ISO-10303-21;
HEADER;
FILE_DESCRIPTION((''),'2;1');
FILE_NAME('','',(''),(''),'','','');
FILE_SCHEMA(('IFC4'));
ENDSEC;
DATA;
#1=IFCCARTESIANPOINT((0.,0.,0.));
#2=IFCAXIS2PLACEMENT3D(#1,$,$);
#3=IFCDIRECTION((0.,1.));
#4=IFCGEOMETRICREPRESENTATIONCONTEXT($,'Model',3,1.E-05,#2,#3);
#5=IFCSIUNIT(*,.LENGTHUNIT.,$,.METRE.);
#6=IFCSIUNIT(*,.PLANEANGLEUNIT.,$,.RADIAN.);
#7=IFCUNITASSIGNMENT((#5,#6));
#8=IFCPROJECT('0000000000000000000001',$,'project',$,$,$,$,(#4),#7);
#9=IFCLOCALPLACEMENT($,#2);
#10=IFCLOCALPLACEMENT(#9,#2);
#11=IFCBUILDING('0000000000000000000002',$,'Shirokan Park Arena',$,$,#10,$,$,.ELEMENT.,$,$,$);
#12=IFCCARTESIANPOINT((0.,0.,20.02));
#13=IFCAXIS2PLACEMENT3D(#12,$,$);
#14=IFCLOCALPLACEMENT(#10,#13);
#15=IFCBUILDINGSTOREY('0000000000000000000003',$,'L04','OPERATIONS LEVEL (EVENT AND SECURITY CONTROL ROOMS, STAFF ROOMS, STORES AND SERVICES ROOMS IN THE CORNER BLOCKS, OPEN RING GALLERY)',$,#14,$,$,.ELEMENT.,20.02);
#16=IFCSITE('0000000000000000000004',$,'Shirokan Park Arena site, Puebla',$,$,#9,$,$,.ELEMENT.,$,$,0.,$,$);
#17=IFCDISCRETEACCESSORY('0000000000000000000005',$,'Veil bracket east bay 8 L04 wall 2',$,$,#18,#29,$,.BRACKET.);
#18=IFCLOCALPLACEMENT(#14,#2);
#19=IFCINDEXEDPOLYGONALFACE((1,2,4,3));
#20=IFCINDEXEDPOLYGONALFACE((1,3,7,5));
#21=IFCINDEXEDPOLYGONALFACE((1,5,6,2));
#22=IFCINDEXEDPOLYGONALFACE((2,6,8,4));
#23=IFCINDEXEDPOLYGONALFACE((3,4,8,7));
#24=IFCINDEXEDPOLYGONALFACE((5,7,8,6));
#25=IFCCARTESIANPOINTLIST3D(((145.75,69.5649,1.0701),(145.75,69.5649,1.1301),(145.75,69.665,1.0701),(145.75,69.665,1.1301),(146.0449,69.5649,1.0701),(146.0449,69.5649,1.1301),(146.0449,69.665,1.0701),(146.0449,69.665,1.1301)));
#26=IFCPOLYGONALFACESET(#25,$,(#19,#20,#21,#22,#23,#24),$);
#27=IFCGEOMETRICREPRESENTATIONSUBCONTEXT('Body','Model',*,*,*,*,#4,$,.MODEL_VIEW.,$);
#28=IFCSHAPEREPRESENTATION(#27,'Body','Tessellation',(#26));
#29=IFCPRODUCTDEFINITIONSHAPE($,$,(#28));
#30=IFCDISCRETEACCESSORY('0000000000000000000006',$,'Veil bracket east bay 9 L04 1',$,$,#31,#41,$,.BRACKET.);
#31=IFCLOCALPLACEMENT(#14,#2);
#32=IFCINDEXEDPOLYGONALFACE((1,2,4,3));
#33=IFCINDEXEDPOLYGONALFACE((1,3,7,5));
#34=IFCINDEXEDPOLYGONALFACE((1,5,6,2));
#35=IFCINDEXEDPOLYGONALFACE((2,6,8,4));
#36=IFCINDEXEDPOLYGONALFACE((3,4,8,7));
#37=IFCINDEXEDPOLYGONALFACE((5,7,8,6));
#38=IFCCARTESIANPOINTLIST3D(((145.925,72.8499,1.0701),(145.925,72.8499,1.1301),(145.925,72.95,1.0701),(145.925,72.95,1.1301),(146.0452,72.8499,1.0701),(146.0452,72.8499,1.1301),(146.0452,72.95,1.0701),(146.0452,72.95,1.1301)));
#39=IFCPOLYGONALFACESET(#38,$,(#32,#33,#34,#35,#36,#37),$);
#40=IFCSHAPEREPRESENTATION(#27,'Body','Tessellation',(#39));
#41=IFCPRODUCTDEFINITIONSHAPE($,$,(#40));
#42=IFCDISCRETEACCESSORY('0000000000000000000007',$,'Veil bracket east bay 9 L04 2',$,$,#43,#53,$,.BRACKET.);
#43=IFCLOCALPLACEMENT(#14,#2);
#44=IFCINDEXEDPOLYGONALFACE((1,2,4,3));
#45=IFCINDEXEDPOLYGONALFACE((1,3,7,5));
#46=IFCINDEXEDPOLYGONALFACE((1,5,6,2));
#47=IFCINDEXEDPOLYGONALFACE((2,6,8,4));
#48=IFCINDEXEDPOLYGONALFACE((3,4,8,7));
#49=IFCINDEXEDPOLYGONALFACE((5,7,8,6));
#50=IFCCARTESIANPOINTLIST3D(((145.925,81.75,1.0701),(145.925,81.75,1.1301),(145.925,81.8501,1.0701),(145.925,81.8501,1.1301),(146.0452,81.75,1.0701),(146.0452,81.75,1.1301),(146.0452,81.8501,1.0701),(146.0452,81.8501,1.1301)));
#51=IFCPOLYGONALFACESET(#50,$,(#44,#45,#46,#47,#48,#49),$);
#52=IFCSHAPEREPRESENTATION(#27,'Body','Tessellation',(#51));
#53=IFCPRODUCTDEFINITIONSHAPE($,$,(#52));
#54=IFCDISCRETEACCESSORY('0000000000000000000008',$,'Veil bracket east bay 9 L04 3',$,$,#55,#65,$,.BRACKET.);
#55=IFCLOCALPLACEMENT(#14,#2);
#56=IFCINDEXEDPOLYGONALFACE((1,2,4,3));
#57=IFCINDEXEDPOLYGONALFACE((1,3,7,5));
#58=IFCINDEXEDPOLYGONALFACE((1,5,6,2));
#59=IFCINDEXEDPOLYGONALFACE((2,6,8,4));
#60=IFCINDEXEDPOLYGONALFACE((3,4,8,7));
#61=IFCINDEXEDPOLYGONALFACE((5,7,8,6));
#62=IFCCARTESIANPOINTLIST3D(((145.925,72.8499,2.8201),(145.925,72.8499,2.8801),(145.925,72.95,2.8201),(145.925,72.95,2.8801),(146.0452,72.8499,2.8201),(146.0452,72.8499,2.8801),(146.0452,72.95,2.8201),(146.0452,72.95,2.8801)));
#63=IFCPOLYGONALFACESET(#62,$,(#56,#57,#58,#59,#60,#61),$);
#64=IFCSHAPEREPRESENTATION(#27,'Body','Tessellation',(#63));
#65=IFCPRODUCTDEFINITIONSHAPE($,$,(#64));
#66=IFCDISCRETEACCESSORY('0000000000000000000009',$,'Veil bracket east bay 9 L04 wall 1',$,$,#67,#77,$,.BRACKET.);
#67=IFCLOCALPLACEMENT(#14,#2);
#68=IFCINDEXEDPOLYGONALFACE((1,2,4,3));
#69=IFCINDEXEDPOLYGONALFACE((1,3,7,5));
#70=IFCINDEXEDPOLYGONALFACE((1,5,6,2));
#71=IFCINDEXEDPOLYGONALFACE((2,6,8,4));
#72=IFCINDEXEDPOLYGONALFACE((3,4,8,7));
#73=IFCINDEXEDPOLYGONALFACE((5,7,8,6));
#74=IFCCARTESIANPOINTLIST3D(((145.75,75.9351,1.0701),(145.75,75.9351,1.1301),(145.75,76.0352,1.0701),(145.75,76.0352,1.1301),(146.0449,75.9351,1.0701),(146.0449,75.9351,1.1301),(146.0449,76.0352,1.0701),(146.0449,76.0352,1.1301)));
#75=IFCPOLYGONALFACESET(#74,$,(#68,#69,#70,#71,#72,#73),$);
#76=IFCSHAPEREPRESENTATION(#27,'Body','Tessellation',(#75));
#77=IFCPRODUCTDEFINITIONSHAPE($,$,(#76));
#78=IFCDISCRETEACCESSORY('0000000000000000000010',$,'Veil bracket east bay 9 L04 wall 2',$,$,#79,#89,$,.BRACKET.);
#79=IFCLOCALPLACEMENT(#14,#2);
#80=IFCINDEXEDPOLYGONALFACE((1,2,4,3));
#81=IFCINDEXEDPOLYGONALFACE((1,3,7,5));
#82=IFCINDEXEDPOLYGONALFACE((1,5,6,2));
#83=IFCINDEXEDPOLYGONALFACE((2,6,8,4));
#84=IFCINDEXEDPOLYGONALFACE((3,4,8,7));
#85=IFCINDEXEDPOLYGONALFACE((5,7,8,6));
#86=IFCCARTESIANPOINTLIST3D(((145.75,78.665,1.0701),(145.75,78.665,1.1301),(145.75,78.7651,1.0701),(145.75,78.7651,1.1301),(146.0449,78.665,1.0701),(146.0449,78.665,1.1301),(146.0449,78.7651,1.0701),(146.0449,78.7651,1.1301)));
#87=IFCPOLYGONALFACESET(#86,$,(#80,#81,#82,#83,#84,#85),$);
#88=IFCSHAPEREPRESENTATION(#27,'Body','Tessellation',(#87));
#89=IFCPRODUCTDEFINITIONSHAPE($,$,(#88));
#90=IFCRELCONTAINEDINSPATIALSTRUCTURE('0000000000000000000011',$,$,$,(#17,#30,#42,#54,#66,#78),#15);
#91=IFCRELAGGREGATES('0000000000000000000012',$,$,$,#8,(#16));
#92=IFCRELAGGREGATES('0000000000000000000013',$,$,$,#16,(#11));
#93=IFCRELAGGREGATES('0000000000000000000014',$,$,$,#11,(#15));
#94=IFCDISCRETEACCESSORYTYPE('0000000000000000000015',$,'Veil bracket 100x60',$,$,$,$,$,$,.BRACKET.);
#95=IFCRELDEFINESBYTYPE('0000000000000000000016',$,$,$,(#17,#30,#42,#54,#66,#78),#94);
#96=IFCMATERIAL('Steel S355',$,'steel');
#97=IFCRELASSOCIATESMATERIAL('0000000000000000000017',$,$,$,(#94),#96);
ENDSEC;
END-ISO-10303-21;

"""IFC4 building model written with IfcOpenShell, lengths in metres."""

from ifc_helpers import new_model, si_unit, direction, frame, origin, origin_2d, place, context, subcontext, project, spatial, rectangle, extrude, material, type_object, element, save


model = new_model("IFC4")

# Units and contexts
model_context = context("Model", 3, precision=1e-05, world=origin(), true_north=direction((0.0, 1.0)))
body_context = subcontext(model_context, "Body", "Model", "MODEL_VIEW")
ifc_project = project(units=[si_unit("LENGTHUNIT", "METRE"), si_unit("PLANEANGLEUNIT", "RADIAN")], contexts=[model_context])

# Site, building, storey
site_placement = place(None, origin())
site = spatial("IfcSite", under=ifc_project, at=site_placement, Name="Shirokan Park Arena site, Puebla", CompositionType="ELEMENT", RefElevation=0.0)
building_placement = place(site_placement, origin())
building = spatial("IfcBuilding", under=site, at=building_placement, Name="Shirokan Park Arena", CompositionType="ELEMENT")
storey_placement = place(building_placement, frame((0.0, 0.0, 20.02)))
storey = spatial("IfcBuildingStorey", under=building, at=storey_placement, Name="L04", Description="OPERATIONS LEVEL (EVENT AND SECURITY CONTROL ROOMS, STAFF ROOMS, STORES AND SERVICES ROOMS IN THE CORNER BLOCKS, OPEN RING GALLERY)", CompositionType="ELEMENT", Elevation=20.02)

# Discrete accessories
ifc_material_1 = material(Name="Steel S355", Category="steel")
discrete_accessory_type = type_object("IfcDiscreteAccessoryType", Name="Veil bracket 100x60", PredefinedType="BRACKET", material=ifc_material_1)
for number, where, z_axis, x_axis, name in (
    (1, (145.8975, 69.615, 1.0701), (0.0, 0.0, 1.0), (0.0, 1.0, 0.0), "Veil bracket east bay 8 L04 wall 2"),
):
    element("IfcDiscreteAccessory", number, at=place(storey_placement, frame(where, z_axis=z_axis, x_axis=x_axis)), inside=storey, type_object=discrete_accessory_type, Name=name, PredefinedType="BRACKET", context=body_context, shape_type="SweptSolid", body=[
        extrude(rectangle(XDim=0.1001, YDim=0.2949, at=origin_2d()), origin(), (0.0, 0.0, 1.0), 0.0601),
    ])
for number, where, z_axis, x_axis, name in (
    (2, (145.9851, 72.8999, 1.0701), (0.0, 0.0, 1.0), (0.0, 1.0, 0.0), "Veil bracket east bay 9 L04 1"),
    (3, (145.9851, 81.8, 1.0701), (0.0, 0.0, 1.0), (0.0, 1.0, 0.0), "Veil bracket east bay 9 L04 2"),
    (4, (145.9851, 72.8999, 2.8201), (0.0, 0.0, 1.0), (0.0, 1.0, 0.0), "Veil bracket east bay 9 L04 3"),
):
    element("IfcDiscreteAccessory", number, at=place(storey_placement, frame(where, z_axis=z_axis, x_axis=x_axis)), inside=storey, type_object=discrete_accessory_type, Name=name, PredefinedType="BRACKET", context=body_context, shape_type="SweptSolid", body=[
        extrude(rectangle(XDim=0.1001, YDim=0.1201, at=origin_2d()), origin(), (0.0, 0.0, 1.0), 0.0601),
    ])
for number, where, z_axis, x_axis, name in (
    (5, (145.8975, 75.9851, 1.0701), (0.0, 0.0, 1.0), (0.0, 1.0, 0.0), "Veil bracket east bay 9 L04 wall 1"),
    (6, (145.8975, 78.7151, 1.0701), (0.0, 0.0, 1.0), (0.0, 1.0, 0.0), "Veil bracket east bay 9 L04 wall 2"),
):
    element("IfcDiscreteAccessory", number, at=place(storey_placement, frame(where, z_axis=z_axis, x_axis=x_axis)), inside=storey, type_object=discrete_accessory_type, Name=name, PredefinedType="BRACKET", context=body_context, shape_type="SweptSolid", body=[
        extrude(rectangle(XDim=0.1001, YDim=0.2949, at=origin_2d()), origin(), (0.0, 0.0, 1.0), 0.0601),
    ])

save(model, "model.ifc")
